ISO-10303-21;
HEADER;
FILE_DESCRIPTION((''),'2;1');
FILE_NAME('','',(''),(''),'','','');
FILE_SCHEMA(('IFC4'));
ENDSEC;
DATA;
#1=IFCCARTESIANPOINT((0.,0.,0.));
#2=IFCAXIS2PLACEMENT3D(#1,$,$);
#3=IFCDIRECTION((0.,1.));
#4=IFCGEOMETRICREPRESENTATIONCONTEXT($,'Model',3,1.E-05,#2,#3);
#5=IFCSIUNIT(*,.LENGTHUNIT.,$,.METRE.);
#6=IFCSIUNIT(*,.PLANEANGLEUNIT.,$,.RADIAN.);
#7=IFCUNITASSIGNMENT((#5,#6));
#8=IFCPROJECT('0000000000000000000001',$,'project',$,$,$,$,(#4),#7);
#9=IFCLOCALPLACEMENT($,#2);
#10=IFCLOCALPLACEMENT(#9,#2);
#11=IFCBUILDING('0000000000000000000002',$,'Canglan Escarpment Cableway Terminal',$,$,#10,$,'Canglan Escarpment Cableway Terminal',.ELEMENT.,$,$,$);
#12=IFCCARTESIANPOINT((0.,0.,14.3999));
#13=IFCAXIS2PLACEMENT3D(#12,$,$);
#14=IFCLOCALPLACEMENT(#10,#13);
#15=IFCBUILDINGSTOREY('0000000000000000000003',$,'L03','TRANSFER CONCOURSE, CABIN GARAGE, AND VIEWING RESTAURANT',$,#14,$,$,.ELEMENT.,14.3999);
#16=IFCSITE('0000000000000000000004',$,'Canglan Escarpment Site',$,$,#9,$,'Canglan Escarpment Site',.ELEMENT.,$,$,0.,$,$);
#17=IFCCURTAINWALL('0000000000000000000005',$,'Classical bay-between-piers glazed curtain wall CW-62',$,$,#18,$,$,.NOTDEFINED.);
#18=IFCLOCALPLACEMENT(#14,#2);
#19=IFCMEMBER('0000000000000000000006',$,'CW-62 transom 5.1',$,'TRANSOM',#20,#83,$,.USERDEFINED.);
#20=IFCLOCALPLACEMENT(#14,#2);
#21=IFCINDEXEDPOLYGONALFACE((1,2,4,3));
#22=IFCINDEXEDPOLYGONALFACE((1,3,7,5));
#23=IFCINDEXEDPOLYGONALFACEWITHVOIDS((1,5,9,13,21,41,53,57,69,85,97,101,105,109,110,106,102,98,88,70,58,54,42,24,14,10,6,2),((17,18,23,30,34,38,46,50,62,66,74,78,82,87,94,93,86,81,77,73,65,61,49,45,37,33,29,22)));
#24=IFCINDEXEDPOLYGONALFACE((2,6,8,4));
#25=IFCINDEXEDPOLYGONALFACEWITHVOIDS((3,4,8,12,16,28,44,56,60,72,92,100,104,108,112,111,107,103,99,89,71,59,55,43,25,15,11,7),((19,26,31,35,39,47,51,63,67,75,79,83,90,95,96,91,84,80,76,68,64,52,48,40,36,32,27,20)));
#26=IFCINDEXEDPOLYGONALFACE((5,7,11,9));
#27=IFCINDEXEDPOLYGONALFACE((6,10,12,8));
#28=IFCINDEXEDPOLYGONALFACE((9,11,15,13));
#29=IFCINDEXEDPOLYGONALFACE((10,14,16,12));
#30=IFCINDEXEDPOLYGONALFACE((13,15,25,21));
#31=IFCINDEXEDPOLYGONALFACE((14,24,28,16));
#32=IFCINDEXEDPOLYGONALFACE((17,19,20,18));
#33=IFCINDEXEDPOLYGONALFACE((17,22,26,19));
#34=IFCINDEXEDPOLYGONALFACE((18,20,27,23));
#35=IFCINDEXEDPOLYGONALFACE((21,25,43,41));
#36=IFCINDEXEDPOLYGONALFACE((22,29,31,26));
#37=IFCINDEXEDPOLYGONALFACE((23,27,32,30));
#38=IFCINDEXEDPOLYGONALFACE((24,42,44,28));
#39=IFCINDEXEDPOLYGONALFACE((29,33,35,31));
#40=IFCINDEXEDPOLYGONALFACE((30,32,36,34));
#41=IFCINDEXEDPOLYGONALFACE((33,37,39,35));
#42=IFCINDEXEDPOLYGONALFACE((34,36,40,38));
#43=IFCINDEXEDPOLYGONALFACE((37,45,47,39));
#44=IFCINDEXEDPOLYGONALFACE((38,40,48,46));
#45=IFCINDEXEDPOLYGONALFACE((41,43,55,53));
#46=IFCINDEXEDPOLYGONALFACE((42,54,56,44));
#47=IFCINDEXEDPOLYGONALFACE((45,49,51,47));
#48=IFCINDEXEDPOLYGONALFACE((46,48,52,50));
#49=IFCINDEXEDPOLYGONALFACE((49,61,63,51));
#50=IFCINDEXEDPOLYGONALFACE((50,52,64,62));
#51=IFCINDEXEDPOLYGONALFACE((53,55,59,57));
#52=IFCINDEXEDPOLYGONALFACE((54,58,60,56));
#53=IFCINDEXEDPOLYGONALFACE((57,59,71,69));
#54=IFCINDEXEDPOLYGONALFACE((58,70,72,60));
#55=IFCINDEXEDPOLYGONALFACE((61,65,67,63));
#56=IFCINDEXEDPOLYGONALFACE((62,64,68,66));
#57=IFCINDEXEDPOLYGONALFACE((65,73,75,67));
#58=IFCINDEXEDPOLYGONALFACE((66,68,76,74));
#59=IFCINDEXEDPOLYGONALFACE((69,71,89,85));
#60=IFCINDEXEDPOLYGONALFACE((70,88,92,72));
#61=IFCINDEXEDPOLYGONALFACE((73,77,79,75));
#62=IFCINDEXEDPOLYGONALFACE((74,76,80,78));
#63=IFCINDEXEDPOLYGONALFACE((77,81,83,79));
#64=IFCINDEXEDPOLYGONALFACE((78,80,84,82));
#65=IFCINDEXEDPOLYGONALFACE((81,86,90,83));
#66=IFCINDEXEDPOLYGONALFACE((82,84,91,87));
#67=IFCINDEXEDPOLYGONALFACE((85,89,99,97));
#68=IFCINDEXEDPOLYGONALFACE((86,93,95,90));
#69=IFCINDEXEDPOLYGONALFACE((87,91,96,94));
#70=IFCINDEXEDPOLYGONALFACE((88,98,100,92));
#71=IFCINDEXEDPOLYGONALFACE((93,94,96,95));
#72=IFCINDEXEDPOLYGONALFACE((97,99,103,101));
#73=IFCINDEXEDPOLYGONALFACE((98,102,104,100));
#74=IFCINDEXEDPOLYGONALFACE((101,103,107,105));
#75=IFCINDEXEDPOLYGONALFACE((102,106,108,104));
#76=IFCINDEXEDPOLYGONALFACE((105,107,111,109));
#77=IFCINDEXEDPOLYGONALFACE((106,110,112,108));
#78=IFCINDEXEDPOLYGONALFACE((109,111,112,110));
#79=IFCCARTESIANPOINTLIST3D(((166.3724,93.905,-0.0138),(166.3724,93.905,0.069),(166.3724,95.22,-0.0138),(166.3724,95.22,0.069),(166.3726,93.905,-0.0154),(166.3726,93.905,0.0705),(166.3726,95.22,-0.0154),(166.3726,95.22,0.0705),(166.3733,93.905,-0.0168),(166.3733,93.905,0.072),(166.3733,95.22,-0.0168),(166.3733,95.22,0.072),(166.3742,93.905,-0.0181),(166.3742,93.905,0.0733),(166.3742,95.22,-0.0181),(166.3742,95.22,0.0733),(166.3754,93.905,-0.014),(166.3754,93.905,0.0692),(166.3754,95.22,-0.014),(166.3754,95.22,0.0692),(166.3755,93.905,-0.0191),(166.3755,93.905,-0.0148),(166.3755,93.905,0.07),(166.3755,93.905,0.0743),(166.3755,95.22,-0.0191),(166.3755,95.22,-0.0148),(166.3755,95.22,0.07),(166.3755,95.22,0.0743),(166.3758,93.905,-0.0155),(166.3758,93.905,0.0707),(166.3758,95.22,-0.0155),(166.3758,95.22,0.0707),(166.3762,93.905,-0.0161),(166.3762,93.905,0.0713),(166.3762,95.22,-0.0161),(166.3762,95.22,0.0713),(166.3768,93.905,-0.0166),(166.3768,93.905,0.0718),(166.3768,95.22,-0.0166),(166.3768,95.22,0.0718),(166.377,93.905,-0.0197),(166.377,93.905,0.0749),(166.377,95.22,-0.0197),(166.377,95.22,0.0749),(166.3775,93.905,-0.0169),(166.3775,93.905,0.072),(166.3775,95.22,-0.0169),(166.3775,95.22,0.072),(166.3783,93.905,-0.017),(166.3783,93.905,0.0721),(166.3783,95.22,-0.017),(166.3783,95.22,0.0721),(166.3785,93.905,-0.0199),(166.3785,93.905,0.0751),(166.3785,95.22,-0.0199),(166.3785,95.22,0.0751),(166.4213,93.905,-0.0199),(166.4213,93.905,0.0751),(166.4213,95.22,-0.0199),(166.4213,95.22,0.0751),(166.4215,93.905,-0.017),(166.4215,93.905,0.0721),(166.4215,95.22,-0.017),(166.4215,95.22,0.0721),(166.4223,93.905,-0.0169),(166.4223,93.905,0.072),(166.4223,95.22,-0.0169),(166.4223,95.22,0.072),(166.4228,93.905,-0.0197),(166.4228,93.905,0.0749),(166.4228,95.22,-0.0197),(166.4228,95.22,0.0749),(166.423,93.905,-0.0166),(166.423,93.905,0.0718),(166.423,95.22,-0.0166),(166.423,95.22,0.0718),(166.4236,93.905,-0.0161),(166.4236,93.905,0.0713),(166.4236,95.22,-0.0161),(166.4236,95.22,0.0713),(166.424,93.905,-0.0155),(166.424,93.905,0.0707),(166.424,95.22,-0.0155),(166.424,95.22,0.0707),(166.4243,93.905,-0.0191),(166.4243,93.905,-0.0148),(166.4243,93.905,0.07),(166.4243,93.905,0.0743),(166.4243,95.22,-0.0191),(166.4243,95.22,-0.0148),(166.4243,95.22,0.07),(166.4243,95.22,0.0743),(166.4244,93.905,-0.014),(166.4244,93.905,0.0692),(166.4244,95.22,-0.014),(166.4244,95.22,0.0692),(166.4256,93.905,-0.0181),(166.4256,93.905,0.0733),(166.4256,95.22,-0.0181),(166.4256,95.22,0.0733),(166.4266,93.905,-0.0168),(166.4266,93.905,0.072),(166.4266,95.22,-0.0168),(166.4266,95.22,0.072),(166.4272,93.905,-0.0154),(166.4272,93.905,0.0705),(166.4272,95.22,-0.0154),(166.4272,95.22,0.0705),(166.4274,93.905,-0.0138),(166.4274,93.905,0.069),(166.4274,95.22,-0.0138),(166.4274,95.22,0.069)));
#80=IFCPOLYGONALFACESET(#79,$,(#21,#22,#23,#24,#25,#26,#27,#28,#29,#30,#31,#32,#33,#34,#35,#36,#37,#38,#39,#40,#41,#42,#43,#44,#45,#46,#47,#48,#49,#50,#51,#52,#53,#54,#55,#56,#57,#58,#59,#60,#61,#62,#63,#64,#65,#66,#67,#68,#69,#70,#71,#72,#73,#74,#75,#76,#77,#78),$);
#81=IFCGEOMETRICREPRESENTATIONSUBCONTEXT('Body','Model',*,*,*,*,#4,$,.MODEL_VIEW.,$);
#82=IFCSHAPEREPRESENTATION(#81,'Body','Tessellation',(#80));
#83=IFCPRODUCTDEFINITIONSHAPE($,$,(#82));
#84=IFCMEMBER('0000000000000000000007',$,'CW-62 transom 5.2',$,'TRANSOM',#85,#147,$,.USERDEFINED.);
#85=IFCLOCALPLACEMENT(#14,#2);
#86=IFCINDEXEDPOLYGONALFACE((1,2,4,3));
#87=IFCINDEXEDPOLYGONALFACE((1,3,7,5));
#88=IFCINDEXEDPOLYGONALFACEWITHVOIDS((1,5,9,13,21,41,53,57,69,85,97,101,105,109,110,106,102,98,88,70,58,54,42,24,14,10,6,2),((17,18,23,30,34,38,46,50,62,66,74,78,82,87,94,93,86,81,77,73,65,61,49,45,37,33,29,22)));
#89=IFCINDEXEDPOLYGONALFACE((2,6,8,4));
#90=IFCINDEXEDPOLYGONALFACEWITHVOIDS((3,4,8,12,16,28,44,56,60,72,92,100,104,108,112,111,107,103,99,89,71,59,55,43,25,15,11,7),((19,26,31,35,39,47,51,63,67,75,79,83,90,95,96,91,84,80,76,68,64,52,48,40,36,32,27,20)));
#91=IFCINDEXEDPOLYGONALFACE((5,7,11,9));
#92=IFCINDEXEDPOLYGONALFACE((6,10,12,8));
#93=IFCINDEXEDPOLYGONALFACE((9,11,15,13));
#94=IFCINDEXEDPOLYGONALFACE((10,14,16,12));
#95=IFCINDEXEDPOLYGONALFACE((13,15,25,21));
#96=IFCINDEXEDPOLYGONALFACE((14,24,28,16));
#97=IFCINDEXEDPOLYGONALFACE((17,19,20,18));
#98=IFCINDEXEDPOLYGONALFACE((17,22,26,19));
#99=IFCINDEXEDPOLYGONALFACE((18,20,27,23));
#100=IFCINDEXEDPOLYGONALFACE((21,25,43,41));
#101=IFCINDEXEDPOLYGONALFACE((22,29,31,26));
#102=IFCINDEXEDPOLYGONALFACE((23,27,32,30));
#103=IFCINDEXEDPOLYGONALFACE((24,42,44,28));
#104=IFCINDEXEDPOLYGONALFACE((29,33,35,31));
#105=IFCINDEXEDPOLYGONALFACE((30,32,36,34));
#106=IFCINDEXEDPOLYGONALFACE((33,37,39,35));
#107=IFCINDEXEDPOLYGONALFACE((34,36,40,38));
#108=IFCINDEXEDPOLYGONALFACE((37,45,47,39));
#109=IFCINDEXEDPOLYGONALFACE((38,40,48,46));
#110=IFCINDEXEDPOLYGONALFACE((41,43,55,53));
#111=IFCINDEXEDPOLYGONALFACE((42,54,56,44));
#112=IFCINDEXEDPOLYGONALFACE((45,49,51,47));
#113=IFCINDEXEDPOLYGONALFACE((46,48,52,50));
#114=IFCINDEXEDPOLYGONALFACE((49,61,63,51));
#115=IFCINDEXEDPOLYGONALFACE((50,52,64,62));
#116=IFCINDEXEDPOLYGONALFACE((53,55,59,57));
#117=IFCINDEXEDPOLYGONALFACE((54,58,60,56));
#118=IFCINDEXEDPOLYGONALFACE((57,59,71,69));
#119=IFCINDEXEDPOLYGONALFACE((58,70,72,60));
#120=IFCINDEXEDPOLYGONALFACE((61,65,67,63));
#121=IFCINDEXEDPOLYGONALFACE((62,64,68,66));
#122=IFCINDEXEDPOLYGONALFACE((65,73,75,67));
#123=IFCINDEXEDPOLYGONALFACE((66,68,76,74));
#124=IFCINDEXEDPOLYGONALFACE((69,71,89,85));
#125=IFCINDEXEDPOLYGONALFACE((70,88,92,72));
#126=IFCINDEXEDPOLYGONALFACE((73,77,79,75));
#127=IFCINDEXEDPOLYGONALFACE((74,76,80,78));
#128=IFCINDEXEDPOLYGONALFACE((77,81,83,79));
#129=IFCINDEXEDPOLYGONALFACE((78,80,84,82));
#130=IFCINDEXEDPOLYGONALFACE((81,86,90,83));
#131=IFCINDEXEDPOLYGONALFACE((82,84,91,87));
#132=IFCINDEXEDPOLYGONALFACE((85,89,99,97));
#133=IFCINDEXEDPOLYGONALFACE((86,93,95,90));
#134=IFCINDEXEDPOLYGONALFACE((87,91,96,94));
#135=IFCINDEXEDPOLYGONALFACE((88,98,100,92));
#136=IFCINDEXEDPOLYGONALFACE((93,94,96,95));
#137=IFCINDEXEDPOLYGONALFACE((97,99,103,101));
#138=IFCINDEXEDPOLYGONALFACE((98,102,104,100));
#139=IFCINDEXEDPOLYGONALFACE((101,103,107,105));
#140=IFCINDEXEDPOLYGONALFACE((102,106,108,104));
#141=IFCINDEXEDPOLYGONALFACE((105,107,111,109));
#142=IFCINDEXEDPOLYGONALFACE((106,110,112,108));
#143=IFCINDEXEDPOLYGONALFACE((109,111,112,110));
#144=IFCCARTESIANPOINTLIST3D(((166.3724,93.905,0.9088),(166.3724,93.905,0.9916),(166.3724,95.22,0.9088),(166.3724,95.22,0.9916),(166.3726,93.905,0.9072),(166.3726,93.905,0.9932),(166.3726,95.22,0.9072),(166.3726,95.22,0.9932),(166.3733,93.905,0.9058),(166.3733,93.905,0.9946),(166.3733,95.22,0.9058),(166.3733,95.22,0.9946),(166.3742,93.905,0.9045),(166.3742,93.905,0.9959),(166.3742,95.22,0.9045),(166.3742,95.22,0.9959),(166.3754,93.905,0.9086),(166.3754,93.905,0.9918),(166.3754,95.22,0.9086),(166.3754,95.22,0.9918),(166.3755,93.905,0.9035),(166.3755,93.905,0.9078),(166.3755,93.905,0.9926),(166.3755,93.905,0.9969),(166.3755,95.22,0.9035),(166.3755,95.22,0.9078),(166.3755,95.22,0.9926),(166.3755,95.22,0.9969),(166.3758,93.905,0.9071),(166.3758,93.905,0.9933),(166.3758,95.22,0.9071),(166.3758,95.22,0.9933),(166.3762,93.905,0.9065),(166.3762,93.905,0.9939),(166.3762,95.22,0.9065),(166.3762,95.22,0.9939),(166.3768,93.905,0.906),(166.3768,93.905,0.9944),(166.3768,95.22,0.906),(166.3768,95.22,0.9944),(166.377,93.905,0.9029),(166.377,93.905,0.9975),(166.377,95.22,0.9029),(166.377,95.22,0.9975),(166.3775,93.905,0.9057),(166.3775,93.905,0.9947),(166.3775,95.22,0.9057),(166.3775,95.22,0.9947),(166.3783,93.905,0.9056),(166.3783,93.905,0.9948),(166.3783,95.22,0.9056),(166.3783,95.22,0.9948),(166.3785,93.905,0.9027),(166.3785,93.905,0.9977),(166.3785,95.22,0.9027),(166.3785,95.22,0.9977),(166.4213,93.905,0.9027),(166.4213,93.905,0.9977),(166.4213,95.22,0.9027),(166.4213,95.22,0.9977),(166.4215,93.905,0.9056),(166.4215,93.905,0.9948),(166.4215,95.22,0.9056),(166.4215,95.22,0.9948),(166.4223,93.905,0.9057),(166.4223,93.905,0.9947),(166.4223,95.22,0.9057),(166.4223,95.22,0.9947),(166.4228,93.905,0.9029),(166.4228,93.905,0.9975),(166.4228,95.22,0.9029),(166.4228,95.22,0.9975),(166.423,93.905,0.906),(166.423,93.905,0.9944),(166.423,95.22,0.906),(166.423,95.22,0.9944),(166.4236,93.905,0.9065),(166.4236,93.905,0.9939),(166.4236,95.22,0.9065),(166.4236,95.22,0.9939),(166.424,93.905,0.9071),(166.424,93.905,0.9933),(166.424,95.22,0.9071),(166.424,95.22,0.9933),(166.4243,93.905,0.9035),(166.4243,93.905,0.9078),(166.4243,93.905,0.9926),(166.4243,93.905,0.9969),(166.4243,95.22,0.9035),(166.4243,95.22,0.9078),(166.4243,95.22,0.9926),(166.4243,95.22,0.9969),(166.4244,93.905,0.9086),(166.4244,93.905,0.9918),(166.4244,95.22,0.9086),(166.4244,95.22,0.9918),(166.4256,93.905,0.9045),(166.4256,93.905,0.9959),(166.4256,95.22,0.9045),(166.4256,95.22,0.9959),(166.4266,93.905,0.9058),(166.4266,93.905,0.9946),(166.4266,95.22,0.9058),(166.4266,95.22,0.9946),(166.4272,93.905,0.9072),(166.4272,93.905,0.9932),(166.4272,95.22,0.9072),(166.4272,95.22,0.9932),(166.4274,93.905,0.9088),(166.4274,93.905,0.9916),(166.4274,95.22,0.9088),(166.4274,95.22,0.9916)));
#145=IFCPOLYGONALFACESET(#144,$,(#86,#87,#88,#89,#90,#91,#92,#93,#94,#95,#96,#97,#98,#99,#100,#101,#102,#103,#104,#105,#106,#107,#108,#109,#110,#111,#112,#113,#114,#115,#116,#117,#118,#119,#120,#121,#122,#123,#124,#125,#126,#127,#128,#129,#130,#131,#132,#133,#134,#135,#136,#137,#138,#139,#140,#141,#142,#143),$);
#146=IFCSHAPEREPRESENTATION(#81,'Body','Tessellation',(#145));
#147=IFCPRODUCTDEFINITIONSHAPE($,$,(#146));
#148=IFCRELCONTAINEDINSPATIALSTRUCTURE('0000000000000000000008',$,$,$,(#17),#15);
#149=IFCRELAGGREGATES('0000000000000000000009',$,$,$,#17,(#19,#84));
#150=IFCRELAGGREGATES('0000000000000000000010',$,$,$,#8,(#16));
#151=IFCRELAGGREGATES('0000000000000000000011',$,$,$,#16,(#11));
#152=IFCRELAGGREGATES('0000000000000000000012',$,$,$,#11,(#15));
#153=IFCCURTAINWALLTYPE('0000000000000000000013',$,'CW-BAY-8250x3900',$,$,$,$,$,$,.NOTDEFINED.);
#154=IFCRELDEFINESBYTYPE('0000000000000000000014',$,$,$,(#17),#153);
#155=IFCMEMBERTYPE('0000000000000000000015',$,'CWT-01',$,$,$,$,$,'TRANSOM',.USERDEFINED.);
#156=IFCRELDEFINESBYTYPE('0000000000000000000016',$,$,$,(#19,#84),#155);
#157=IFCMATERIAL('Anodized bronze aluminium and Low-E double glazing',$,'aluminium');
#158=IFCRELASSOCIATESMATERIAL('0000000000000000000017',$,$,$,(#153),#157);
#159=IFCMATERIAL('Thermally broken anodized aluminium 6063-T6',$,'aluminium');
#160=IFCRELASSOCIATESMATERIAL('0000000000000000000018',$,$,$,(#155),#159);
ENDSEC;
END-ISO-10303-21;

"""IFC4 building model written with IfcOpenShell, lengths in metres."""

from ifc_helpers import new_model, si_unit, direction, frame, origin, origin_2d, place, context, subcontext, project, spatial, hollow_rectangle, extrude, material, material_profile, profile_set, type_object, element, aggregate, save


model = new_model("IFC4")

# Units and contexts
model_context = context("Model", 3, precision=1e-05, world=origin(), true_north=direction((0.0, 1.0)))
body_context = subcontext(model_context, "Body", "Model", "MODEL_VIEW")
ifc_project = project(units=[si_unit("LENGTHUNIT", "METRE"), si_unit("PLANEANGLEUNIT", "RADIAN")], contexts=[model_context])

# Site, building, storey
site_placement = place(None, origin())
site = spatial("IfcSite", under=ifc_project, at=site_placement, Name="Canglan Escarpment Site", LongName="Canglan Escarpment Site", CompositionType="ELEMENT", RefElevation=0.0)
building_placement = place(site_placement, origin())
building = spatial("IfcBuilding", under=site, at=building_placement, Name="Canglan Escarpment Cableway Terminal", LongName="Canglan Escarpment Cableway Terminal", CompositionType="ELEMENT")
storey_placement = place(building_placement, frame((0.0, 0.0, 14.3999)))
storey = spatial("IfcBuildingStorey", under=building, at=storey_placement, Name="L03", Description="TRANSFER CONCOURSE, CABIN GARAGE, AND VIEWING RESTAURANT", CompositionType="ELEMENT", Elevation=14.3999)

# Curtain wall, members
ifc_material_1 = material(Name="Anodized bronze aluminium and Low-E double glazing", Category="aluminium")
curtain_wall_type = type_object("IfcCurtainWallType", Name="CW-BAY-8250x3900", PredefinedType="NOTDEFINED", material=ifc_material_1)
curtain_wall_placement = place(storey_placement, origin())
curtain_wall = element("IfcCurtainWall", 1, at=curtain_wall_placement, inside=storey, type_object=curtain_wall_type, Name="Classical bay-between-piers glazed curtain wall CW-62", PredefinedType="NOTDEFINED")
ifc_material_2 = material(Name="Thermally broken anodized aluminium 6063-T6", Category="aluminium")
ifc_material_profile_1 = material_profile(ifc_material_2, hollow_rectangle(XDim=0.0549, YDim=0.095, WallThickness=0.0029, InnerFilletRadius=0.0029, OuterFilletRadius=0.0061, at=origin_2d()), Name="ALU-TRAN 55x95x3")
ifc_profile_set_1 = profile_set([ifc_material_profile_1], Name="Thermally broken anodized aluminium 6063-T6")
member_type_1 = type_object("IfcMemberType", Name="CWT-01", ElementType="TRANSOM", PredefinedType="USERDEFINED", material=ifc_profile_set_1)
member_1_placement = place(storey_placement, frame((166.3999, 93.905, 0.0276), z_axis=(0.0, 1.0, 0.0), x_axis=(-1.0, 0.0, 0.0)))
member_1 = element("IfcMember", 2, at=member_1_placement, type_object=member_type_1, Name="CW-62 transom 5.1", ObjectType="TRANSOM", PredefinedType="USERDEFINED", context=body_context, shape_type="SweptSolid", body=[
    extrude(hollow_rectangle(XDim=0.0549, YDim=0.095, WallThickness=0.0029, InnerFilletRadius=0.0029, OuterFilletRadius=0.0061, at=origin_2d()), origin(), (0.0, 0.0, 1.0), 1.3149),
])
member_2_placement = place(storey_placement, frame((166.3999, 93.905, 0.9502), z_axis=(0.0, 1.0, 0.0), x_axis=(-1.0, 0.0, 0.0)))
member_2 = element("IfcMember", 3, at=member_2_placement, type_object=member_type_1, Name="CW-62 transom 5.2", ObjectType="TRANSOM", PredefinedType="USERDEFINED", context=body_context, shape_type="SweptSolid", body=[
    extrude(hollow_rectangle(XDim=0.0549, YDim=0.095, WallThickness=0.0029, InnerFilletRadius=0.0029, OuterFilletRadius=0.0061, at=origin_2d()), origin(), (0.0, 0.0, 1.0), 1.3149),
])
aggregate(curtain_wall, [member_1, member_2])

save(model, "model.ifc")
